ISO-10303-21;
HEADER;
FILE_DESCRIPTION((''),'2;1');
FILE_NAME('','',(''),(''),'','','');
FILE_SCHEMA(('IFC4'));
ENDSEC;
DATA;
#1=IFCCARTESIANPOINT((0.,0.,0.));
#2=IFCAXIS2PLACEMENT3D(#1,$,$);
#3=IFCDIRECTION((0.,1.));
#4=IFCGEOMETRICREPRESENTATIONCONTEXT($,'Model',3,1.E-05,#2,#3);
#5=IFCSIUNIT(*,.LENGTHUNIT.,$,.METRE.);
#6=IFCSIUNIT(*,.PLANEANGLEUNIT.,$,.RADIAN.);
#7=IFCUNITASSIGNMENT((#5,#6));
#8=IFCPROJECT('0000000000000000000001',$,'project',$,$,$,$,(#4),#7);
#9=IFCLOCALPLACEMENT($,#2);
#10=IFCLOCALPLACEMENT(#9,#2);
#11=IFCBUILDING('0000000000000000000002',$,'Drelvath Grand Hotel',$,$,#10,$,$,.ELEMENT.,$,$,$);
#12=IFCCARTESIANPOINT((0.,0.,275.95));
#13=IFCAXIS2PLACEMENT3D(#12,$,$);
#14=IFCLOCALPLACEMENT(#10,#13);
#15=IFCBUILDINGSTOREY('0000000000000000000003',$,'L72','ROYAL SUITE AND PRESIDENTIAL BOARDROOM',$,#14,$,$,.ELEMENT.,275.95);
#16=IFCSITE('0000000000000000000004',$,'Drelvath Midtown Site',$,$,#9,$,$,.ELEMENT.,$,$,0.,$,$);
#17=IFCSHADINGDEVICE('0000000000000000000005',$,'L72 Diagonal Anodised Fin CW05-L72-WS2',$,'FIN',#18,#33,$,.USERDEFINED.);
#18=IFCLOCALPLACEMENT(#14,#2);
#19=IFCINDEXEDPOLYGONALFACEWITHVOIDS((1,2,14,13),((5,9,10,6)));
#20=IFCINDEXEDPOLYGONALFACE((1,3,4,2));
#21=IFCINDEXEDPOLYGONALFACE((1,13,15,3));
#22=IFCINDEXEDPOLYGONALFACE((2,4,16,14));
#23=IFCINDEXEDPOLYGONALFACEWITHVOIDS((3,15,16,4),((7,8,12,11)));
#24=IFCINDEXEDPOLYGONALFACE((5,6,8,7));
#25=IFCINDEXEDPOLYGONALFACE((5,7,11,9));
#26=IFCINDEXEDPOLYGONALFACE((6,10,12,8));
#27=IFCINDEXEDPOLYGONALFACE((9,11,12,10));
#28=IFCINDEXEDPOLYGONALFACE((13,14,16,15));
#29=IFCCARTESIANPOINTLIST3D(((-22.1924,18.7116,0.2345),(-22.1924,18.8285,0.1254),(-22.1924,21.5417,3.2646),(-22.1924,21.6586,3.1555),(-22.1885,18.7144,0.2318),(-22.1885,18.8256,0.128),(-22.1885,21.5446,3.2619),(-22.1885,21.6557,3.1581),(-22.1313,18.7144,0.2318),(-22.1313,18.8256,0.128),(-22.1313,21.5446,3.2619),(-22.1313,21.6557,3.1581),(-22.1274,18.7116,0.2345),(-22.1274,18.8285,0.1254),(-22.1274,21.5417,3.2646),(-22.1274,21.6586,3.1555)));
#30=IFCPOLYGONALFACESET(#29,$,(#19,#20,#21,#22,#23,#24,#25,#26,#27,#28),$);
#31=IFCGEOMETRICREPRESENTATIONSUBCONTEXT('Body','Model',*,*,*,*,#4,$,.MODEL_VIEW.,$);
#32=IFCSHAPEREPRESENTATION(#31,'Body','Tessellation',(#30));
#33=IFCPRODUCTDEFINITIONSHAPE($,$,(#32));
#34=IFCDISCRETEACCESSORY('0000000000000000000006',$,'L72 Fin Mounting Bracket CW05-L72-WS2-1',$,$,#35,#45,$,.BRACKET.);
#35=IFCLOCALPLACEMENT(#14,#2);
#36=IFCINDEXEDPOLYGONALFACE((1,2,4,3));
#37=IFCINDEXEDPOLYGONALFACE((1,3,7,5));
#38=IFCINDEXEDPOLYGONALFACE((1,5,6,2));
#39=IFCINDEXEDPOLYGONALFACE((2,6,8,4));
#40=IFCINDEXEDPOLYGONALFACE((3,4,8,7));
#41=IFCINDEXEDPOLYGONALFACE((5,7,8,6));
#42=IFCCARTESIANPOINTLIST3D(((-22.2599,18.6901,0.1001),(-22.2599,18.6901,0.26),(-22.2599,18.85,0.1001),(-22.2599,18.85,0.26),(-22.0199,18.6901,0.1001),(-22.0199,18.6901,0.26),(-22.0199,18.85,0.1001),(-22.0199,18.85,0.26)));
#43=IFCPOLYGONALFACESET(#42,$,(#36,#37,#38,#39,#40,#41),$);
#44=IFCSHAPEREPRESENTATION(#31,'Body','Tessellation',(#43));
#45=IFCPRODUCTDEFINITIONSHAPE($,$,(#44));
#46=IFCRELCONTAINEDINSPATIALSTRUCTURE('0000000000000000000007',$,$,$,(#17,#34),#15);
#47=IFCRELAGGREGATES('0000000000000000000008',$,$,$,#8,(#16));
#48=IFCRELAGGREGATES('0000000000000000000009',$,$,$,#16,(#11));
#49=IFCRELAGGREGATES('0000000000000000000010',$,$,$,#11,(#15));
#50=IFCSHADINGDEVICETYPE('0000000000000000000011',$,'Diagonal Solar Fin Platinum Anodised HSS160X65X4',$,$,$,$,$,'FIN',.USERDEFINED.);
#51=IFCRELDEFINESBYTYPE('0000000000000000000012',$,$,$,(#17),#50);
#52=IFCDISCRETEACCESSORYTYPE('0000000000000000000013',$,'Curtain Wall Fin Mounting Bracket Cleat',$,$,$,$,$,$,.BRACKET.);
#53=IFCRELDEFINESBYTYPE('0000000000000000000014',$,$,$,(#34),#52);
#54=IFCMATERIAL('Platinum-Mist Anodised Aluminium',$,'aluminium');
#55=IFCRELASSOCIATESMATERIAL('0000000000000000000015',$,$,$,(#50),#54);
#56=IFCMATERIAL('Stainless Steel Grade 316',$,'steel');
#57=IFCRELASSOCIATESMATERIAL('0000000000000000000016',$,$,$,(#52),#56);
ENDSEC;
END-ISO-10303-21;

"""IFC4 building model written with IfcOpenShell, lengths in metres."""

from ifc_helpers import new_model, si_unit, direction, frame, origin, origin_2d, place, context, subcontext, project, spatial, rectangle, hollow_rectangle, extrude, material, material_profile, profile_set, type_object, element, save


model = new_model("IFC4")

# Units and contexts
model_context = context("Model", 3, precision=1e-05, world=origin(), true_north=direction((0.0, 1.0)))
body_context = subcontext(model_context, "Body", "Model", "MODEL_VIEW")
ifc_project = project(units=[si_unit("LENGTHUNIT", "METRE"), si_unit("PLANEANGLEUNIT", "RADIAN")], contexts=[model_context])

# Site, building, storey
site_placement = place(None, origin())
site = spatial("IfcSite", under=ifc_project, at=site_placement, Name="Drelvath Midtown Site", CompositionType="ELEMENT", RefElevation=0.0)
building_placement = place(site_placement, origin())
building = spatial("IfcBuilding", under=site, at=building_placement, Name="Drelvath Grand Hotel", CompositionType="ELEMENT")
storey_placement = place(building_placement, frame((0.0, 0.0, 275.95)))
storey = spatial("IfcBuildingStorey", under=building, at=storey_placement, Name="L72", Description="ROYAL SUITE AND PRESIDENTIAL BOARDROOM", CompositionType="ELEMENT", Elevation=275.95)

# Shading device
ifc_material_1 = material(Name="Platinum-Mist Anodised Aluminium", Category="aluminium")
ifc_material_profile_1 = material_profile(ifc_material_1, hollow_rectangle(XDim=0.0649, YDim=0.1599, WallThickness=0.0039, at=origin_2d()), Name="HSS160X65X4")
ifc_profile_set_1 = profile_set([ifc_material_profile_1], Name="Platinum-Mist Anodised Aluminium")
shading_device_type = type_object("IfcShadingDeviceType", Name="Diagonal Solar Fin Platinum Anodised HSS160X65X4", ElementType="FIN", PredefinedType="USERDEFINED", material=ifc_profile_set_1)
shading_device_placement = place(storey_placement, frame((-22.1599, 18.77, 0.1799), z_axis=(0.0, 0.682583, 0.730808), x_axis=(-1.0, 0.0, 0.0)))
element("IfcShadingDevice", 1, at=shading_device_placement, inside=storey, type_object=shading_device_type, Name="L72 Diagonal Anodised Fin CW05-L72-WS2", ObjectType="FIN", PredefinedType="USERDEFINED", context=body_context, shape_type="SweptSolid", body=[
    extrude(hollow_rectangle(XDim=0.0649, YDim=0.1599, WallThickness=0.0039, at=origin_2d()), origin(), (0.0, 0.0, 1.0), 4.1462),
])

# Discrete accessory
ifc_material_2 = material(Name="Stainless Steel Grade 316", Category="steel")
discrete_accessory_type = type_object("IfcDiscreteAccessoryType", Name="Curtain Wall Fin Mounting Bracket Cleat", PredefinedType="BRACKET", material=ifc_material_2)
discrete_accessory_placement = place(storey_placement, frame((-22.1399, 18.77, 0.1001), z_axis=(0.0, 0.0, 1.0), x_axis=(0.0, 1.0, 0.0)))
element("IfcDiscreteAccessory", 2, at=discrete_accessory_placement, inside=storey, type_object=discrete_accessory_type, Name="L72 Fin Mounting Bracket CW05-L72-WS2-1", PredefinedType="BRACKET", context=body_context, shape_type="SweptSolid", body=[
    extrude(rectangle(XDim=0.1599, YDim=0.24, at=origin_2d()), origin(), (0.0, 0.0, 1.0), 0.1599),
])

save(model, "model.ifc")
